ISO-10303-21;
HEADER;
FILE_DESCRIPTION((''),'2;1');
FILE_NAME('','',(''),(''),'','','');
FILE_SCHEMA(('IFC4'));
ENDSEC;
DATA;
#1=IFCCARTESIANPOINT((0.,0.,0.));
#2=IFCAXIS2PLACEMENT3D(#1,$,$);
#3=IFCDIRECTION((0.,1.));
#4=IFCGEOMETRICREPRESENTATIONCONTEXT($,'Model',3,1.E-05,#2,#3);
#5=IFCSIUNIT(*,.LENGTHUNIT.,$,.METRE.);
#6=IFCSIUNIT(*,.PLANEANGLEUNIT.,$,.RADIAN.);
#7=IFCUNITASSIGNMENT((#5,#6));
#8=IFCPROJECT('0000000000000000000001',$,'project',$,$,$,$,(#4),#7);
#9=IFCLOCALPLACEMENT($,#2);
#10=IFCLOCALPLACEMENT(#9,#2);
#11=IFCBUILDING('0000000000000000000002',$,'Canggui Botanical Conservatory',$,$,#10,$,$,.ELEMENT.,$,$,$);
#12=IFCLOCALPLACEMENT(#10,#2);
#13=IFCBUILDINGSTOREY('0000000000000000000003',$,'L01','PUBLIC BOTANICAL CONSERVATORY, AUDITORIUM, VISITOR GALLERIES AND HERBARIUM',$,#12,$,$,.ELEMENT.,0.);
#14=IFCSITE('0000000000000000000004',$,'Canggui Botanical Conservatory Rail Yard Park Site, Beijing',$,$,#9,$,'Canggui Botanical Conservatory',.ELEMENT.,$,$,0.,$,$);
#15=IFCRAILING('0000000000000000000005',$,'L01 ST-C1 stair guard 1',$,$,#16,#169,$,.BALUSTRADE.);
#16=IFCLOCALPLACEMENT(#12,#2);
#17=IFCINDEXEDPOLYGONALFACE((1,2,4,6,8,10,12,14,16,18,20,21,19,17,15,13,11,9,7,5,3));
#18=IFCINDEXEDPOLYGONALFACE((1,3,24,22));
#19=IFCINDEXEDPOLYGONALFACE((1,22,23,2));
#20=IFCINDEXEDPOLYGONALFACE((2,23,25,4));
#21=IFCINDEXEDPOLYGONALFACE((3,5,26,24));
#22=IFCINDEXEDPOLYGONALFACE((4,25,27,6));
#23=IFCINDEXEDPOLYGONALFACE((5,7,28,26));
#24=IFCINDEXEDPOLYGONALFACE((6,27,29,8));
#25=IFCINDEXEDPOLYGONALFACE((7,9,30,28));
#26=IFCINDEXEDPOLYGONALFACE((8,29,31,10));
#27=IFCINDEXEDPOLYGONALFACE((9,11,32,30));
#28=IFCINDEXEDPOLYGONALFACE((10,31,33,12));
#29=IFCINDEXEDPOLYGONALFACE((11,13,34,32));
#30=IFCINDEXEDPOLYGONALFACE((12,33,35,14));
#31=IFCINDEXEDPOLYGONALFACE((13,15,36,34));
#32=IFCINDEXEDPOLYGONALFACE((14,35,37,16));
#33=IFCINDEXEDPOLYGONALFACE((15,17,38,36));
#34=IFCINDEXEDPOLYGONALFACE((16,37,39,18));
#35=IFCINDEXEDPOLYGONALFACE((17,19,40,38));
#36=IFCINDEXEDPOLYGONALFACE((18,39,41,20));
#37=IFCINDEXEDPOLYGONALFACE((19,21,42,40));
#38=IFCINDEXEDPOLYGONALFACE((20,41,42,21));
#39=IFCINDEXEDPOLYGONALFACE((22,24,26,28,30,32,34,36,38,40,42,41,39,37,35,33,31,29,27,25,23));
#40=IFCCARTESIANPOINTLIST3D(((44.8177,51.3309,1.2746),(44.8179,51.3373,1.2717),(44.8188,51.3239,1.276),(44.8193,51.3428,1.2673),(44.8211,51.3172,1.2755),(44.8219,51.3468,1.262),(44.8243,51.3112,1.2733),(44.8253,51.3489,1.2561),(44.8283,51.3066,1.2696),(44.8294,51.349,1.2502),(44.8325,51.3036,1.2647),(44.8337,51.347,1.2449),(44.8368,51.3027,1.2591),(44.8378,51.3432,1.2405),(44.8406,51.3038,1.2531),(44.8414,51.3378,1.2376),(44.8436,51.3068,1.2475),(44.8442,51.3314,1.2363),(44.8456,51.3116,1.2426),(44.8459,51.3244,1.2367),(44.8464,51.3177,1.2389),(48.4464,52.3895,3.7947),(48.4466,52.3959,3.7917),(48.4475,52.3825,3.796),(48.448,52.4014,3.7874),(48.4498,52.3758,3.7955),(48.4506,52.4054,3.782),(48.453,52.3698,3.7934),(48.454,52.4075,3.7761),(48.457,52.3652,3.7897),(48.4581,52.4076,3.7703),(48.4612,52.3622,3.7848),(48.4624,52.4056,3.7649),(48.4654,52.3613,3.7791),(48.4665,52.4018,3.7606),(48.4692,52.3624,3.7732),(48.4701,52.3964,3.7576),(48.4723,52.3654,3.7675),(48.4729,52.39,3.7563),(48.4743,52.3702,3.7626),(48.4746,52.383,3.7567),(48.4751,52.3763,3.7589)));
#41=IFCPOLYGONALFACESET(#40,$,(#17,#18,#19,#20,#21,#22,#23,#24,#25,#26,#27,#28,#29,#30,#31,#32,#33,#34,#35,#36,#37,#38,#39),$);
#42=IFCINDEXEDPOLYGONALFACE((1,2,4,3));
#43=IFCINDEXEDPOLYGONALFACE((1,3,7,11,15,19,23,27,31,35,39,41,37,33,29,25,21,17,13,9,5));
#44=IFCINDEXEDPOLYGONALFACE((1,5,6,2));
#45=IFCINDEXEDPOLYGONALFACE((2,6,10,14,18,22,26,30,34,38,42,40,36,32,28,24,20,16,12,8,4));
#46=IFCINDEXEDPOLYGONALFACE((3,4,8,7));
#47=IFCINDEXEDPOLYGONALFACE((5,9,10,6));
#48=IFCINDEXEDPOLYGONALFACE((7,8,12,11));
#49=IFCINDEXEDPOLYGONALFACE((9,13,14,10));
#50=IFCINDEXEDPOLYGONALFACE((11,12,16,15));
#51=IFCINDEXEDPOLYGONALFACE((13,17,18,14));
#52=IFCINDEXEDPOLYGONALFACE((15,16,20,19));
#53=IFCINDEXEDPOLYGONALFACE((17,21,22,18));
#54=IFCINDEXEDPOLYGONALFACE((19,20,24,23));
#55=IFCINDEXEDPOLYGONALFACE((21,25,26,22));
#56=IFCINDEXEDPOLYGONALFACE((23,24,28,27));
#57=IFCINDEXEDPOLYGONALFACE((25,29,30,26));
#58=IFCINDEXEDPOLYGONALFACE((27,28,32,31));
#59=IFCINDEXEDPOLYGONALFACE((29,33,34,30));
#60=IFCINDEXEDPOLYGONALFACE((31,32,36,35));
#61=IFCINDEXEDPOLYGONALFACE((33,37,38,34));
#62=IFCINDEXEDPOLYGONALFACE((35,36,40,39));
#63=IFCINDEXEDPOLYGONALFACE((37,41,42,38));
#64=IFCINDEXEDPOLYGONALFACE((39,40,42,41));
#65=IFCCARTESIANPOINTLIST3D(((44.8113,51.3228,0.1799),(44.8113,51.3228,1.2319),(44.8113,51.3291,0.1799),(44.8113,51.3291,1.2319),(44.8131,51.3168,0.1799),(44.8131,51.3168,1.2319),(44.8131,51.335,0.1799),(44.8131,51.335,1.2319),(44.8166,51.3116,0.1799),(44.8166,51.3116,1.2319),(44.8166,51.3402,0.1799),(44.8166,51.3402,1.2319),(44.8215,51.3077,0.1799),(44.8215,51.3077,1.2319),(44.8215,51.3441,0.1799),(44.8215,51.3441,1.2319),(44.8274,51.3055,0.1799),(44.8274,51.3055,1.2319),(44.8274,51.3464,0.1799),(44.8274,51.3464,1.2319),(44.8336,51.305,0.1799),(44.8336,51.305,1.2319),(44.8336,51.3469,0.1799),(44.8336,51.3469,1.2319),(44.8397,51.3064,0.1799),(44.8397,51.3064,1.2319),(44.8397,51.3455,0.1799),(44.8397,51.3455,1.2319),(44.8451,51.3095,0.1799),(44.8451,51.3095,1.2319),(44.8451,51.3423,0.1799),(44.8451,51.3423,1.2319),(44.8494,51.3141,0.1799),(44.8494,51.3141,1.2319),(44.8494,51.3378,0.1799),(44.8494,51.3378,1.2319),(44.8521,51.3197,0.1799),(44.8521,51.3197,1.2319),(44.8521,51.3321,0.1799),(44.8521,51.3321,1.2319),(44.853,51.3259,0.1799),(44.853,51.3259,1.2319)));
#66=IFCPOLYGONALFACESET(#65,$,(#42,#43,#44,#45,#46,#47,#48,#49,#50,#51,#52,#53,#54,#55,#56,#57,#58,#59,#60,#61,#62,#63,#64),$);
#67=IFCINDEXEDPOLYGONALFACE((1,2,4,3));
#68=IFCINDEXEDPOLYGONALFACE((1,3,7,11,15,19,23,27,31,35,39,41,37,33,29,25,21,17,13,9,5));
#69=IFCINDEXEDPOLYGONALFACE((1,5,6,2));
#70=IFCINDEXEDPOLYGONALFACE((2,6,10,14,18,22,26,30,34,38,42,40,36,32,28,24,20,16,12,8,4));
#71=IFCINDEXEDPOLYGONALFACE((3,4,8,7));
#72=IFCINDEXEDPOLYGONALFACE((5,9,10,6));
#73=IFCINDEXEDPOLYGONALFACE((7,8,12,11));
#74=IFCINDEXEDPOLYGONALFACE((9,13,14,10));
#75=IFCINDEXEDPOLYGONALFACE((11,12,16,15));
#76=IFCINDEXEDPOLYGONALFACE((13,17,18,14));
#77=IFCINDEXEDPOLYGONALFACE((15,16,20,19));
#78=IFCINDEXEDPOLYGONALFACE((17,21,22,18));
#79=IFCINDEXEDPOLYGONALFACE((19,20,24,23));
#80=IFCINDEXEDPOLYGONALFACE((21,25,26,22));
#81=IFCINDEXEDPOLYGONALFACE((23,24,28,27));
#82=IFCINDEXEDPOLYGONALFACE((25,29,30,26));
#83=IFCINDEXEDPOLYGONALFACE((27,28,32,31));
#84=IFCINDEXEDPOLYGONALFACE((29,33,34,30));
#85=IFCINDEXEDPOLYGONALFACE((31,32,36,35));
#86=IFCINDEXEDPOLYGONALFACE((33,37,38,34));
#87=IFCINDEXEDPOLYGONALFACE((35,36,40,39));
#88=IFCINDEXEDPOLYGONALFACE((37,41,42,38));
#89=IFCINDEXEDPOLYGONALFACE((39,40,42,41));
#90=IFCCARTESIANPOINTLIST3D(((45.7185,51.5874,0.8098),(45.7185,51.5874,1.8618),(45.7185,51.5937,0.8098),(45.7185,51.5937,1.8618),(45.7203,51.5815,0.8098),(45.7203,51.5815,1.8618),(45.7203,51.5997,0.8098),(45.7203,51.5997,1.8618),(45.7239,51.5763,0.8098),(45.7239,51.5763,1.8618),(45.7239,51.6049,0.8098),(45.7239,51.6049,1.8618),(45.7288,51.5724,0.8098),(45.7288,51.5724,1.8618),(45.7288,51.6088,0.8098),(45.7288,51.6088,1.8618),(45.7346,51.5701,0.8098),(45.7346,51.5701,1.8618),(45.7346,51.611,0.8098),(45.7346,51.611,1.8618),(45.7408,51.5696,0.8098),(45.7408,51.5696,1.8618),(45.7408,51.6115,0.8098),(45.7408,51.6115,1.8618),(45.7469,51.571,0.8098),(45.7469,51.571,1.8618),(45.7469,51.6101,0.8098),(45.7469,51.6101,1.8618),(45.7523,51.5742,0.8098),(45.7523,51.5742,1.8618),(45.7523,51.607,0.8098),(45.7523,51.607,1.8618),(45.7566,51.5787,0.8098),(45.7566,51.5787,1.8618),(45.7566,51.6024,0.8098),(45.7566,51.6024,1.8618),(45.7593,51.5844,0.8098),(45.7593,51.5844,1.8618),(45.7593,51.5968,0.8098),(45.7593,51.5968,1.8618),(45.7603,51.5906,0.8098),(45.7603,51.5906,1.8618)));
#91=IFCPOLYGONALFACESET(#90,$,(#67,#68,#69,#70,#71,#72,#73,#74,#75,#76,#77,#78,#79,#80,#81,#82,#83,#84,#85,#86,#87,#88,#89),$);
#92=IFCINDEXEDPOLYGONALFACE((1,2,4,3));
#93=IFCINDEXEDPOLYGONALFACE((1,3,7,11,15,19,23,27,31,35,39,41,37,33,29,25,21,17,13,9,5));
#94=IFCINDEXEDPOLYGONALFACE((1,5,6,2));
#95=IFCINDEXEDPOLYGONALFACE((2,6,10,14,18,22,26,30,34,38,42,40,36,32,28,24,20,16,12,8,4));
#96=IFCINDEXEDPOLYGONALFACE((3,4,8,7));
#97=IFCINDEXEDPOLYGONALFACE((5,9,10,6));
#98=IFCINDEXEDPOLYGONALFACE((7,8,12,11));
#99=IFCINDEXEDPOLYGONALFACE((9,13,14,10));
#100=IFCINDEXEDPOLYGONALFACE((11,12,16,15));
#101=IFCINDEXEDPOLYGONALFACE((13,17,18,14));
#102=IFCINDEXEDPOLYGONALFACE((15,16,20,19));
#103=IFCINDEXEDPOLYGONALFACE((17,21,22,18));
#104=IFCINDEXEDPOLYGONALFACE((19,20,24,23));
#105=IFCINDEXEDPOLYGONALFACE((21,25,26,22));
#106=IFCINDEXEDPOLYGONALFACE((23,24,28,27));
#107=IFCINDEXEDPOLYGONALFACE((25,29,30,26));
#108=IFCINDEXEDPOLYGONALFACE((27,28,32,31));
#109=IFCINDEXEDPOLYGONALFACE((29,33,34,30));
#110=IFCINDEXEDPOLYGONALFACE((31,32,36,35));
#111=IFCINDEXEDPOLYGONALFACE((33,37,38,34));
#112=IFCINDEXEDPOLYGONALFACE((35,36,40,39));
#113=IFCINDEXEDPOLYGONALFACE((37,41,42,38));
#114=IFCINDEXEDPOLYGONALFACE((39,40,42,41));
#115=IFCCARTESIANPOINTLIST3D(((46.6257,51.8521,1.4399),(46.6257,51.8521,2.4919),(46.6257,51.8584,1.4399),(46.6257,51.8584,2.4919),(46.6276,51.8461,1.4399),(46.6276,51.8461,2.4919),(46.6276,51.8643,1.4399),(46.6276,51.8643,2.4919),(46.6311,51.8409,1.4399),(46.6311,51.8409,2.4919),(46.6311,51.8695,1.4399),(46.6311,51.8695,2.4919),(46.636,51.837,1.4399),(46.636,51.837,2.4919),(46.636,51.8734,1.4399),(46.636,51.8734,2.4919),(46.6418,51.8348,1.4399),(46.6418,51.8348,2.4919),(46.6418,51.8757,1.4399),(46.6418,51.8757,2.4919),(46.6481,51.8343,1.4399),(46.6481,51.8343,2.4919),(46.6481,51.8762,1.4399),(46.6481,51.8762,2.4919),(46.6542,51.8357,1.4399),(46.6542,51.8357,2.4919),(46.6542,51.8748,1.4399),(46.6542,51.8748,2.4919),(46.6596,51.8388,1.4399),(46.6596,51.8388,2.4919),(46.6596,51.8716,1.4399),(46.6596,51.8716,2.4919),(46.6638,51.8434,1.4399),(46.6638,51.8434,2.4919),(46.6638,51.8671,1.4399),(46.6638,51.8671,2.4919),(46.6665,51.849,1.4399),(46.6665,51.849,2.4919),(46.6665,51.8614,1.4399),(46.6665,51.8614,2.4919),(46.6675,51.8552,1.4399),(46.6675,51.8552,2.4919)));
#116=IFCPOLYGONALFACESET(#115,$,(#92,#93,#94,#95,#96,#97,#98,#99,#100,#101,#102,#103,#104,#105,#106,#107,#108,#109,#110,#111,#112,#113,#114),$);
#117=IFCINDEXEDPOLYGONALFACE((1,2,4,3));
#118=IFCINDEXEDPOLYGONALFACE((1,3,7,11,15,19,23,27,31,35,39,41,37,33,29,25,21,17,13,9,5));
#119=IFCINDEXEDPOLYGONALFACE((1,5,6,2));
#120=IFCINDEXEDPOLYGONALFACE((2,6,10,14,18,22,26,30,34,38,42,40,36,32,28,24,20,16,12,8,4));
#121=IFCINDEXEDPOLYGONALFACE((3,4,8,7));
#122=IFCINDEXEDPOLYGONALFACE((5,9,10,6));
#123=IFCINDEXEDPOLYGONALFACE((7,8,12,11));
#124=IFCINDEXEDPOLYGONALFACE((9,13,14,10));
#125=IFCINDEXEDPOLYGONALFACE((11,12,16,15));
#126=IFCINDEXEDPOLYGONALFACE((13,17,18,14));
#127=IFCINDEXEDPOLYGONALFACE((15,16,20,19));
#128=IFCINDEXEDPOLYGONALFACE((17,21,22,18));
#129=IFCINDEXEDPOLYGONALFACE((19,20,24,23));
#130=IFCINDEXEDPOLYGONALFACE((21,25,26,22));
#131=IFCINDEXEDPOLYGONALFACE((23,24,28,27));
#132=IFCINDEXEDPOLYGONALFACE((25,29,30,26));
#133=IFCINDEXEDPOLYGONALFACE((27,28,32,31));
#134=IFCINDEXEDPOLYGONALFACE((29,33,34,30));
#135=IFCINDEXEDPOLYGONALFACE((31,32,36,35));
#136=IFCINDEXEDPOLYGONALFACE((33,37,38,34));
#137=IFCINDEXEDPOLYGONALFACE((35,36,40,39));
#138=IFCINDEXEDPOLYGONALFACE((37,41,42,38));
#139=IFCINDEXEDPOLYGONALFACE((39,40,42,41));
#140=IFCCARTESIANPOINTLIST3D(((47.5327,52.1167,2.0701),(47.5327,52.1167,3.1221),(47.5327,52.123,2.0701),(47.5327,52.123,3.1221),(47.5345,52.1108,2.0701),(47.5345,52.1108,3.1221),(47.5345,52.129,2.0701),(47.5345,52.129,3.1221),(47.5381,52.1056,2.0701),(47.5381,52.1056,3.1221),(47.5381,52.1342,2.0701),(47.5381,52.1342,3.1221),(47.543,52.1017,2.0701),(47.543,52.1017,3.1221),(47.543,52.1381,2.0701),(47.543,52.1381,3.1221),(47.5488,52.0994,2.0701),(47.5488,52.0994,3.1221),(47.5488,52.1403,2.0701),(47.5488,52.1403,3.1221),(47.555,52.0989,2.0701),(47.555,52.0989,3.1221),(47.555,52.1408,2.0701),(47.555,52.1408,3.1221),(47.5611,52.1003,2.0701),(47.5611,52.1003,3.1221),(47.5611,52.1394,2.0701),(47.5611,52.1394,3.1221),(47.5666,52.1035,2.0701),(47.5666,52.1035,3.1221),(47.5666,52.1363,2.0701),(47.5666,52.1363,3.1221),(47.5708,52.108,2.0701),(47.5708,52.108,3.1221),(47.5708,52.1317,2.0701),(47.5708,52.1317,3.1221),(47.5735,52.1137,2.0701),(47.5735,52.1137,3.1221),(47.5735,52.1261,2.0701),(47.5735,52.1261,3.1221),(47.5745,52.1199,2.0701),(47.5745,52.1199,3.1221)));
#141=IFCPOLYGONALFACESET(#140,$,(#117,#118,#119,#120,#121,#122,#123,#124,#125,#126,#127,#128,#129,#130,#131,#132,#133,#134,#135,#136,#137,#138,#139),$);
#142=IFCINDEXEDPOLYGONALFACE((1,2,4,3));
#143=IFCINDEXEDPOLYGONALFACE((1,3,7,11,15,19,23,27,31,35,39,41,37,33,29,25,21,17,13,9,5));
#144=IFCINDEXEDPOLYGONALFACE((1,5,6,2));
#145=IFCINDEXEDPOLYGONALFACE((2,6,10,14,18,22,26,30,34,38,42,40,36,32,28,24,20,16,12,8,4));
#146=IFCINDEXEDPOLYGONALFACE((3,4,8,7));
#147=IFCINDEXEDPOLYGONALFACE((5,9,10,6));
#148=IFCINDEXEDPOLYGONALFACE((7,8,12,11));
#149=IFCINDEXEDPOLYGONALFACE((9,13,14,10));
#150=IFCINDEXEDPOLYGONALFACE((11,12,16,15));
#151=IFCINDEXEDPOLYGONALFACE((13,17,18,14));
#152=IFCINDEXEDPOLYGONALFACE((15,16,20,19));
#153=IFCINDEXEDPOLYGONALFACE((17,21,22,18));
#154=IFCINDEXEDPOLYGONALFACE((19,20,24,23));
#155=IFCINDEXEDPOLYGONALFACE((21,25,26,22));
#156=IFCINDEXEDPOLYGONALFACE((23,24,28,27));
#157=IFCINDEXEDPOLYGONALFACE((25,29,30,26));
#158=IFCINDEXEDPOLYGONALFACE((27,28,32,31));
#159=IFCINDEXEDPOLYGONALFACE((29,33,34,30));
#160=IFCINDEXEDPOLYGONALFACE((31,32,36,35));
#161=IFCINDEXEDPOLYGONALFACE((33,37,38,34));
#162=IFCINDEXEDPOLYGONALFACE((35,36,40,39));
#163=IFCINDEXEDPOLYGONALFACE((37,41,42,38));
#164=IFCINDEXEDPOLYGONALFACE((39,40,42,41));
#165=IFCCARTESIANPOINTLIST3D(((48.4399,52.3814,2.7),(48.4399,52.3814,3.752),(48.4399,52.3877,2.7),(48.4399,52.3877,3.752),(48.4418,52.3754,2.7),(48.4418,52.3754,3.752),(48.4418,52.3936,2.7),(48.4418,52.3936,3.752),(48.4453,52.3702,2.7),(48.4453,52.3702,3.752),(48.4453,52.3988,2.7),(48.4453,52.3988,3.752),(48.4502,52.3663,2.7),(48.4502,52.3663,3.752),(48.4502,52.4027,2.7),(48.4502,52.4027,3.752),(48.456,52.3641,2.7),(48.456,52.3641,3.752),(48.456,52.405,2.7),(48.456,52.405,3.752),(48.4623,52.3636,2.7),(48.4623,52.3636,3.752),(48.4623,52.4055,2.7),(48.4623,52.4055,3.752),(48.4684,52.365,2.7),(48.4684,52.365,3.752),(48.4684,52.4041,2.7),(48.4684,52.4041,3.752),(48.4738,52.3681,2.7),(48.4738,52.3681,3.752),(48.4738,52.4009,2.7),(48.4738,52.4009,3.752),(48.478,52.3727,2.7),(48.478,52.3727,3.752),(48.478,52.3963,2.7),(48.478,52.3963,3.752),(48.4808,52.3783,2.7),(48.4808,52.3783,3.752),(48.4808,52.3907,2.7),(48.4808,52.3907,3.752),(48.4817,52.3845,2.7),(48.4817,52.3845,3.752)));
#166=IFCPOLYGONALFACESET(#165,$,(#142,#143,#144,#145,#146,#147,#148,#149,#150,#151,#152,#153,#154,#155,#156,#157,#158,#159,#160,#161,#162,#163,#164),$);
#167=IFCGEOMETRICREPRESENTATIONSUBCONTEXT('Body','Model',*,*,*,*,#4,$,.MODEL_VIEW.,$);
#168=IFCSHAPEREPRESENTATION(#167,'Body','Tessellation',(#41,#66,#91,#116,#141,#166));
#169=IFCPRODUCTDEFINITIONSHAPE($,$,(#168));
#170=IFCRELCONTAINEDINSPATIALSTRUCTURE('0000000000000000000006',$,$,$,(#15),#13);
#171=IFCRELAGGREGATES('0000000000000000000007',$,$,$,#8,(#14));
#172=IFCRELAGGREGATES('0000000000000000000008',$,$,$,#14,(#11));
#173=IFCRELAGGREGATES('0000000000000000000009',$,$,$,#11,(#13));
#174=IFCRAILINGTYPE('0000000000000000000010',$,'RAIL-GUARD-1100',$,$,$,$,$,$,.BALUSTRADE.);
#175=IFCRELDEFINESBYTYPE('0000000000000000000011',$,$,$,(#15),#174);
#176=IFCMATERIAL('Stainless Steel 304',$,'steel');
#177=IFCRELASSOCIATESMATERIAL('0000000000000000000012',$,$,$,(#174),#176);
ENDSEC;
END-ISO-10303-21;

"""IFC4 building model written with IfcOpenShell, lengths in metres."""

from ifc_helpers import new_model, si_unit, direction, frame, origin, origin_2d, place, context, subcontext, project, spatial, circle, extrude, material, type_object, element, save


model = new_model("IFC4")

# Units and contexts
model_context = context("Model", 3, precision=1e-05, world=origin(), true_north=direction((0.0, 1.0)))
body_context = subcontext(model_context, "Body", "Model", "MODEL_VIEW")
ifc_project = project(units=[si_unit("LENGTHUNIT", "METRE"), si_unit("PLANEANGLEUNIT", "RADIAN")], contexts=[model_context])

# Site, building, storey
site_placement = place(None, origin())
site = spatial("IfcSite", under=ifc_project, at=site_placement, Name="Canggui Botanical Conservatory Rail Yard Park Site, Beijing", LongName="Canggui Botanical Conservatory", CompositionType="ELEMENT", RefElevation=0.0)
building_placement = place(site_placement, origin())
building = spatial("IfcBuilding", under=site, at=building_placement, Name="Canggui Botanical Conservatory", CompositionType="ELEMENT")
storey_placement = place(building_placement, origin())
storey = spatial("IfcBuildingStorey", under=building, at=storey_placement, Name="L01", Description="PUBLIC BOTANICAL CONSERVATORY, AUDITORIUM, VISITOR GALLERIES AND HERBARIUM", CompositionType="ELEMENT", Elevation=0.0)

# Railing
ifc_material_1 = material(Name="Stainless Steel 304", Category="steel")
railing_type_1 = type_object("IfcRailingType", Name="RAIL-GUARD-1100", PredefinedType="BALUSTRADE", material=ifc_material_1)
railing_1_placement = place(storey_placement, frame((44.832, 51.3259, 0.1799)))
element("IfcRailing", 1, at=railing_1_placement, inside=storey, type_object=railing_type_1, Name="L01 ST-C1 stair guard 1", PredefinedType="BALUSTRADE", context=body_context, shape_type="SweptSolid", body=[
    extrude(circle(Radius=0.0239, at=origin_2d()), frame((0.0, 0.0, 1.0762), z_axis=(0.798747, 0.23302, 0.554711), x_axis=(-0.280057, 0.959983, 0.0)), (0.0, 0.0, 1.0), 4.543),
    extrude(circle(Radius=0.021, at=origin_2d()), origin(), (0.0, 0.0, 1.0), 1.052),
    extrude(circle(Radius=0.021, at=origin_2d()), frame((0.9072, 0.2646, 0.6299)), (0.0, 0.0, 1.0), 1.052),
    extrude(circle(Radius=0.021, at=origin_2d()), frame((1.8145, 0.5293, 1.26)), (0.0, 0.0, 1.0), 1.052),
    extrude(circle(Radius=0.021, at=origin_2d()), frame((2.7214, 0.7939, 1.8901)), (0.0, 0.0, 1.0), 1.052),
    extrude(circle(Radius=0.021, at=origin_2d()), frame((3.6287, 1.0586, 2.52)), (0.0, 0.0, 1.0), 1.052),
])

save(model, "model.ifc")
